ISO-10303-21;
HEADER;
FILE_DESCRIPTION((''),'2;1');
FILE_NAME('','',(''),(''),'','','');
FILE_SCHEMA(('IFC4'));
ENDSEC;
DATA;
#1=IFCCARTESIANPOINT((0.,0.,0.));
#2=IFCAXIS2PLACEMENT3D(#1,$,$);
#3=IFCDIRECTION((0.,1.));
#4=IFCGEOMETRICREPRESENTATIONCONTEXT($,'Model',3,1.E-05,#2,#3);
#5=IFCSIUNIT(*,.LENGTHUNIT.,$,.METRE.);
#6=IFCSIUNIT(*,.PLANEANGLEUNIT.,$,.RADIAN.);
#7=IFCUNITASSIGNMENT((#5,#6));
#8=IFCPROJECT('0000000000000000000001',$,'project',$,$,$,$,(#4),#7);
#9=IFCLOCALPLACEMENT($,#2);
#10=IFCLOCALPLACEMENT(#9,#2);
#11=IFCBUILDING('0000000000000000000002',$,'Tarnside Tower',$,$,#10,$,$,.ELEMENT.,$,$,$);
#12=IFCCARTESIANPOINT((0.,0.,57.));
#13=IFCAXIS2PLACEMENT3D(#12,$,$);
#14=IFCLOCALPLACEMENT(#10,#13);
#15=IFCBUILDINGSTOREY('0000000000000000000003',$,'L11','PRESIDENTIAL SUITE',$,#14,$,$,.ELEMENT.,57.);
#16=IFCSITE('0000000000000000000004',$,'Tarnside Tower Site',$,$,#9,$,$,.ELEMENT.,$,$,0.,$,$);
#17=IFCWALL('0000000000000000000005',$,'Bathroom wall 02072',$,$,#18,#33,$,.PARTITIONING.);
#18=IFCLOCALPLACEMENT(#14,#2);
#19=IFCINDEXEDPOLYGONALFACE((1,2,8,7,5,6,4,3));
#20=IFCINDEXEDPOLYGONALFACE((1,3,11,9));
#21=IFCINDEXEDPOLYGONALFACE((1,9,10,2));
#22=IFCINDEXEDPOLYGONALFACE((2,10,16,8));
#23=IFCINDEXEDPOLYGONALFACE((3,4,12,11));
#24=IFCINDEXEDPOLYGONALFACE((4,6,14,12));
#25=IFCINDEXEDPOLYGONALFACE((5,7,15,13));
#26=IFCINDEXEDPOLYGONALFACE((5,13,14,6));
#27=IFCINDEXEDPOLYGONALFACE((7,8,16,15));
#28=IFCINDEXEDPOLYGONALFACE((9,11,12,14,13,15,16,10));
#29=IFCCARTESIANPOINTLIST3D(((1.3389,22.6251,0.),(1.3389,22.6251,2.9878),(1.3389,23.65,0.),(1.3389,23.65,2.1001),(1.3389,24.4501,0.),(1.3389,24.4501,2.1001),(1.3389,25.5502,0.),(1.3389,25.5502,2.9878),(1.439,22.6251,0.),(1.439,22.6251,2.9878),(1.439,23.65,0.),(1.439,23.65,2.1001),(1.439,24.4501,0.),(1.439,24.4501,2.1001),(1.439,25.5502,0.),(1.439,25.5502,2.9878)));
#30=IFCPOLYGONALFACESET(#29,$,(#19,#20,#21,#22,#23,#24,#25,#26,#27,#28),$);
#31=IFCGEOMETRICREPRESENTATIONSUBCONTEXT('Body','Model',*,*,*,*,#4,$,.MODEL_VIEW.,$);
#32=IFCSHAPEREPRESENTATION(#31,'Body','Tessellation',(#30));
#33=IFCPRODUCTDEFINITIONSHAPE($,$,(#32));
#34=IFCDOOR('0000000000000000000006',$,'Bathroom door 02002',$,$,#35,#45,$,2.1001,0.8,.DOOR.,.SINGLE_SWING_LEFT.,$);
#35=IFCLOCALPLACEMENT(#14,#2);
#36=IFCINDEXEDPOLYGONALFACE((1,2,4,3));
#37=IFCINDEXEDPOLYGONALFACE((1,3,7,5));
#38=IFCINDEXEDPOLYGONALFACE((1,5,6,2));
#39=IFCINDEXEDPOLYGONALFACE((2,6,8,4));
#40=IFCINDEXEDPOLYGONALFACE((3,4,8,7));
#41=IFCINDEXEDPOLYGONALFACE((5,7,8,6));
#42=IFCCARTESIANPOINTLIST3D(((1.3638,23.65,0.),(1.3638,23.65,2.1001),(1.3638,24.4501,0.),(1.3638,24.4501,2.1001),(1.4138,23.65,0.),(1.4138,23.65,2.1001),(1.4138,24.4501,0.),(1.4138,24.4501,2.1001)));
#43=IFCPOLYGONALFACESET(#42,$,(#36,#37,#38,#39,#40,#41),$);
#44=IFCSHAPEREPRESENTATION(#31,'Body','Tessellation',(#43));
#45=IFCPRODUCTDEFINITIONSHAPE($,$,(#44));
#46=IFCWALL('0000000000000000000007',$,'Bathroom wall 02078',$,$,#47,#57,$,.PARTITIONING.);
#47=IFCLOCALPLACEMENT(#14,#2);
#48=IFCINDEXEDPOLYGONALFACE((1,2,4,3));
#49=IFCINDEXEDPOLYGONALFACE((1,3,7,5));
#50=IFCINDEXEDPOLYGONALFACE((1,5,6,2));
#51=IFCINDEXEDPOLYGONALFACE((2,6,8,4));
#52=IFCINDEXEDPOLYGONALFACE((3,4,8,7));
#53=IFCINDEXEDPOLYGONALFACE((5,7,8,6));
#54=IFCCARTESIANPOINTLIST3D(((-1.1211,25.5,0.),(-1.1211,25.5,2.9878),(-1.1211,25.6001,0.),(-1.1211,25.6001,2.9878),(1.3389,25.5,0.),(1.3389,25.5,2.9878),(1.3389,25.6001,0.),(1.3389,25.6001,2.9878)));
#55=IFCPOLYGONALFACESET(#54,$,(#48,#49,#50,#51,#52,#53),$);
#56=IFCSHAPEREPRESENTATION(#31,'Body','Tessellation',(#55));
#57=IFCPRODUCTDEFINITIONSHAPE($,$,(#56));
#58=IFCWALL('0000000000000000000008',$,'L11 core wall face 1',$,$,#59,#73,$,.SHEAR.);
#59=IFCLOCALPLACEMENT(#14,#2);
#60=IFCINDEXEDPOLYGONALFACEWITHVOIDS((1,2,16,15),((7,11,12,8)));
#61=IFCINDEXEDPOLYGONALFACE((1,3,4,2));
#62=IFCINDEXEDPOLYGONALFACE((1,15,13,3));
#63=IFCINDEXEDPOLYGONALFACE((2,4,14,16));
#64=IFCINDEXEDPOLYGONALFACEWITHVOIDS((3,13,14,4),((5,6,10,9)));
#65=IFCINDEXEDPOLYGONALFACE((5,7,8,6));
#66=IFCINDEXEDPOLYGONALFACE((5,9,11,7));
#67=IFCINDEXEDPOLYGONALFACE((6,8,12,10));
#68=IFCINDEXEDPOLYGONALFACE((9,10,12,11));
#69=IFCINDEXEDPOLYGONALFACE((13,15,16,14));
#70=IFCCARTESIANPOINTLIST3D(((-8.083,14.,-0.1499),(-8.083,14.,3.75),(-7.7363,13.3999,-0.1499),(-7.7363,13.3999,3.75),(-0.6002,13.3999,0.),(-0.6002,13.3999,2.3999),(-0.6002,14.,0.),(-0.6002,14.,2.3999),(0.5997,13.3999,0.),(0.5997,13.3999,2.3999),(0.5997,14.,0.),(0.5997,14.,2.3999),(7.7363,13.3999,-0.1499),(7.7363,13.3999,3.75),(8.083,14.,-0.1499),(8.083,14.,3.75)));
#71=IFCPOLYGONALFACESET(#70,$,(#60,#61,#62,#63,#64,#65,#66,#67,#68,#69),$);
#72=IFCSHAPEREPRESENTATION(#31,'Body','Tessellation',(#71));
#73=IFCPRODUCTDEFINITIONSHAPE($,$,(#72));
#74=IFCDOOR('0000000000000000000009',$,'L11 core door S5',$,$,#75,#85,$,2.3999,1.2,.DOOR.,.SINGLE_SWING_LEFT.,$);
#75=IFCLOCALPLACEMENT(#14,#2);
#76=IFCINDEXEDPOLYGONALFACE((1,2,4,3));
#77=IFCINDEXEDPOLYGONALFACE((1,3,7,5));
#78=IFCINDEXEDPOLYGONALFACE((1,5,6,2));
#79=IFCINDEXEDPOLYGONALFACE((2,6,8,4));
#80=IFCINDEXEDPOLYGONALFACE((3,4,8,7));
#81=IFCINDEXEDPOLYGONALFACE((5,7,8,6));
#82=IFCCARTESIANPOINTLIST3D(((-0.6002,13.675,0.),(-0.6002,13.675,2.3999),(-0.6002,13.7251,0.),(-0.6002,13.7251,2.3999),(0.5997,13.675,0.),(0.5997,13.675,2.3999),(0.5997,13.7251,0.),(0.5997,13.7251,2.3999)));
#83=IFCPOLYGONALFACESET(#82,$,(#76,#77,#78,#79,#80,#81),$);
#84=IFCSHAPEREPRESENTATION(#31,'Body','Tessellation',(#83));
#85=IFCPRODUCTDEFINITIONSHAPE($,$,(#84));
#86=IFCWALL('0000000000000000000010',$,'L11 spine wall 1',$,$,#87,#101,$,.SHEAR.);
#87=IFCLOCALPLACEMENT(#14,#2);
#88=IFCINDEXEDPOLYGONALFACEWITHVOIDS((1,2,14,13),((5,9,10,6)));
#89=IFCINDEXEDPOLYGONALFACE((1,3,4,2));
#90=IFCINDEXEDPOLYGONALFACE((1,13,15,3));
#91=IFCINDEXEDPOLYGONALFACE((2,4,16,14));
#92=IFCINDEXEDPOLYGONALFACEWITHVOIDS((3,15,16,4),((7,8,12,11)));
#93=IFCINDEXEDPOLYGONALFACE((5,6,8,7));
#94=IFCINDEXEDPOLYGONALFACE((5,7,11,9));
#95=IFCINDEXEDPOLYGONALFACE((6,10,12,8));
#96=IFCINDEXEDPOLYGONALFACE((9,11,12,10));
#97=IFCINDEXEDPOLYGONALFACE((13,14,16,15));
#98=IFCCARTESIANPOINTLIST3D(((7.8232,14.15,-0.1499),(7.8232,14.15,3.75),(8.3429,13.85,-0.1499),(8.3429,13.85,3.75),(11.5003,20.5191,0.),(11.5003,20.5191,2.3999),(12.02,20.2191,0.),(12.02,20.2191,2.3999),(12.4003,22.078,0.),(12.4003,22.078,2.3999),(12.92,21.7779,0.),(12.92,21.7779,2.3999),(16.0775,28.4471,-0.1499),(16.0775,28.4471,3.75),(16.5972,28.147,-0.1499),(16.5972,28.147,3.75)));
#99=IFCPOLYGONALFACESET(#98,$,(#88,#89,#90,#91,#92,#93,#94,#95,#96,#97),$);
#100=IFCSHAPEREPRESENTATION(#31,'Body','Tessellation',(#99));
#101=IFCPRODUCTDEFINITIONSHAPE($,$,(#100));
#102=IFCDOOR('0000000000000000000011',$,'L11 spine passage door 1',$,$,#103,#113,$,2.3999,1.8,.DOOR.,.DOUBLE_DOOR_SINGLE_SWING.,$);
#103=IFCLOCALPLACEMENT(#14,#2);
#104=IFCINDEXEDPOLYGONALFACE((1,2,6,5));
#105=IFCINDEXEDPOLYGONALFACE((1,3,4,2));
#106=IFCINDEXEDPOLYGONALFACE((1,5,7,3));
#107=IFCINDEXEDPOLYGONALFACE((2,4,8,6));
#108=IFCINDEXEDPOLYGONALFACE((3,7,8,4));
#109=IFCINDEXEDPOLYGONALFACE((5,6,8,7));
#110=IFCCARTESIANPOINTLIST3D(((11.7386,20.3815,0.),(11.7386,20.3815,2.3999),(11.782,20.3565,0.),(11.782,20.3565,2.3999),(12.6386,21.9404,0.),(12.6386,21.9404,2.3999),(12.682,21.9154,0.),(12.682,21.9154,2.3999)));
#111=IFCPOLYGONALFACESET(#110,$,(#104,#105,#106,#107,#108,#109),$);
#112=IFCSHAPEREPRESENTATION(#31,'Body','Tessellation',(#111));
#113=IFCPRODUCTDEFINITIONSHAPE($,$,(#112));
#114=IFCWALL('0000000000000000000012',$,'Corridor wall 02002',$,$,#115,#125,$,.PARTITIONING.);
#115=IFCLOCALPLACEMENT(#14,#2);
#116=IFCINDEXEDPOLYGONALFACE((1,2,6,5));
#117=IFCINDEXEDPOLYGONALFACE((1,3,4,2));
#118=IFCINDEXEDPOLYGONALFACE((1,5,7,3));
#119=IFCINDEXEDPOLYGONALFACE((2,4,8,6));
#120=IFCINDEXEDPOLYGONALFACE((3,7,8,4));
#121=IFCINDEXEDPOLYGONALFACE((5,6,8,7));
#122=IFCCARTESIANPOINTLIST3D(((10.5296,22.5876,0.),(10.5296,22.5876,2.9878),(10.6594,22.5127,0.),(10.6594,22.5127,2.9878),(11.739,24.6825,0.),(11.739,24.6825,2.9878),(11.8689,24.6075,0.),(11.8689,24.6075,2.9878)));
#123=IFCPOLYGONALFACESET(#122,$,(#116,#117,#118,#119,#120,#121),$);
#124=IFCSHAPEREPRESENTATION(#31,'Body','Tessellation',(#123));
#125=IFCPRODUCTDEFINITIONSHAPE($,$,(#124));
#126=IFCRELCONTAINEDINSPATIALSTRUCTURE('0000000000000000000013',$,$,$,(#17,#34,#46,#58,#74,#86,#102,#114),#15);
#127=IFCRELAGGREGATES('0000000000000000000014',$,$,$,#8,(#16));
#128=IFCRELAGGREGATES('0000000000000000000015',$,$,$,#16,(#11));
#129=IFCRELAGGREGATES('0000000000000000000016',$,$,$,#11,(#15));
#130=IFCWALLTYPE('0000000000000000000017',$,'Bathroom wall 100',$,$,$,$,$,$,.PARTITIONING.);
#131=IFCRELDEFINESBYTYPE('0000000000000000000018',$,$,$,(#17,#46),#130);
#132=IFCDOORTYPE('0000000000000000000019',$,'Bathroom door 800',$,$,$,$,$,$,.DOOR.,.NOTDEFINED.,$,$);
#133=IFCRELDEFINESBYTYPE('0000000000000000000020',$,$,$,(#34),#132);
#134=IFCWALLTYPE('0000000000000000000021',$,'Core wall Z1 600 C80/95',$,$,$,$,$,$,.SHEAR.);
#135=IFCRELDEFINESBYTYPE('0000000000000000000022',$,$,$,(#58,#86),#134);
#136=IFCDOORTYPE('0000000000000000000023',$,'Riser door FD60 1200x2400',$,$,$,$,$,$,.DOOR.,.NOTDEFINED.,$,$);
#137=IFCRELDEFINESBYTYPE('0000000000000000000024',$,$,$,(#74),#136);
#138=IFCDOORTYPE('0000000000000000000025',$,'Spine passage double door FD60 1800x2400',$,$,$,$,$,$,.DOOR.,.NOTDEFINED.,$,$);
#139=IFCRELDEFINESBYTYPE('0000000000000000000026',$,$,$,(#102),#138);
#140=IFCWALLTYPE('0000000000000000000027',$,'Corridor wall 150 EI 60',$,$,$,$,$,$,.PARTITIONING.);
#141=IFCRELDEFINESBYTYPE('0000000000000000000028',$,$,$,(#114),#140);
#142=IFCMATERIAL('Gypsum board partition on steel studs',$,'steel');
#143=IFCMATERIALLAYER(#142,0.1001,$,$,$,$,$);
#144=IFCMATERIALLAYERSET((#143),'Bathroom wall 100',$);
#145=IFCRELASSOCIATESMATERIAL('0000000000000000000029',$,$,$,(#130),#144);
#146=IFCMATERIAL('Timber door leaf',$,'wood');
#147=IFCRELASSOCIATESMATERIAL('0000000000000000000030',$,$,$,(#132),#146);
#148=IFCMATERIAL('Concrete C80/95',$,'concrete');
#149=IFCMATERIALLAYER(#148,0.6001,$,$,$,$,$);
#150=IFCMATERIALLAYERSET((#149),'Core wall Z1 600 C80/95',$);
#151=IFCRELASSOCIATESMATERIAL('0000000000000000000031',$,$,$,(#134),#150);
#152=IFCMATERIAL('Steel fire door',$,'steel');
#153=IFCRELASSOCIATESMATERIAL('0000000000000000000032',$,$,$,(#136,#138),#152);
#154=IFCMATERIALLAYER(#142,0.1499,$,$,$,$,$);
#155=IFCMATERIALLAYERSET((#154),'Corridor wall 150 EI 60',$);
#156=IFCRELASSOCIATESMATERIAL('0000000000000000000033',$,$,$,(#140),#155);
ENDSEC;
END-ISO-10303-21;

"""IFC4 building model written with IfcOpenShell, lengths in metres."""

from ifc_helpers import new_model, si_unit, direction, frame, frame_2d, origin, place, context, subcontext, project, spatial, polyline, rectangle, outline, extrude, material, layer, layer_set, type_object, element, fill, save


model = new_model("IFC4")

# Units and contexts
model_context = context("Model", 3, precision=1e-05, world=origin(), true_north=direction((0.0, 1.0)))
body_context = subcontext(model_context, "Body", "Model", "MODEL_VIEW")
ifc_project = project(units=[si_unit("LENGTHUNIT", "METRE"), si_unit("PLANEANGLEUNIT", "RADIAN")], contexts=[model_context])

# Site, building, storey
site_placement = place(None, origin())
site = spatial("IfcSite", under=ifc_project, at=site_placement, Name="Tarnside Tower Site", CompositionType="ELEMENT", RefElevation=0.0)
building_placement = place(site_placement, origin())
building = spatial("IfcBuilding", under=site, at=building_placement, Name="Tarnside Tower", CompositionType="ELEMENT")
storey_placement = place(building_placement, frame((0.0, 0.0, 57.0)))
storey = spatial("IfcBuildingStorey", under=building, at=storey_placement, Name="L11", Description="PRESIDENTIAL SUITE", CompositionType="ELEMENT", Elevation=57.0)

# Wall, opening, door
ifc_material_1 = material(Name="Gypsum board partition on steel studs", Category="steel")
ifc_layer_1 = layer(ifc_material_1, 0.1001)
ifc_layer_set_1 = layer_set([ifc_layer_1], Name="Bathroom wall 100")
wall_type_1 = type_object("IfcWallType", Name="Bathroom wall 100", PredefinedType="PARTITIONING", material=ifc_layer_set_1)
wall_1_placement = place(storey_placement, frame((1.3889, 25.55, 0.0), z_axis=(0.0, 0.0, 1.0), x_axis=(0.0, -1.0, 0.0)))
wall_1 = element("IfcWall", 1, at=wall_1_placement, inside=storey, type_object=wall_type_1, Name="Bathroom wall 02072", PredefinedType="PARTITIONING", context=body_context, shape_type="SweptSolid", body=[
    extrude(rectangle(XDim=2.925, YDim=0.1001, at=frame_2d((1.4624, 0.0))), origin(), (0.0, 0.0, 1.0), 2.9878),
])
opening_1_placement = place(wall_1_placement, frame((1.1001, 0.0, 0.0)))
opening_1 = element("IfcOpeningElement", 2, at=opening_1_placement, cuts=wall_1, PredefinedType="OPENING", context=body_context, shape_type="SweptSolid", body=[
    extrude(rectangle(XDim=0.8, YDim=2.1001, at=frame_2d((0.3999, 1.05))), frame((0.0, 0.0601, 0.0), z_axis=(0.0, -1.0, 0.0), x_axis=(1.0, 0.0, 0.0)), (0.0, 0.0, 1.0), 0.1201),
])
ifc_material_2 = material(Name="Timber door leaf", Category="wood")
door_type_1 = type_object("IfcDoorType", Name="Bathroom door 800", OperationType="NOTDEFINED", PredefinedType="DOOR", material=ifc_material_2)
door_1_placement = place(opening_1_placement, origin())
door_1 = element("IfcDoor", 3, at=door_1_placement, inside=storey, type_object=door_type_1, Name="Bathroom door 02002", OperationType="SINGLE_SWING_LEFT", OverallHeight=2.1001, OverallWidth=0.8, PredefinedType="DOOR", context=body_context, shape_type="SweptSolid", body=[
    extrude(rectangle(XDim=0.8, YDim=2.1001, at=frame_2d((0.3999, 1.05))), frame((0.0, 0.0249, 0.0), z_axis=(0.0, -1.0, 0.0), x_axis=(1.0, 0.0, 0.0)), (0.0, 0.0, 1.0), 0.05),
])
fill(opening_1, door_1)

# Wall
wall_2_placement = place(storey_placement, frame((1.3389, 25.55, 0.0), z_axis=(0.0, 0.0, 1.0), x_axis=(-1.0, 0.0, 0.0)))
element("IfcWall", 4, at=wall_2_placement, inside=storey, type_object=wall_type_1, Name="Bathroom wall 02078", PredefinedType="PARTITIONING", context=body_context, shape_type="SweptSolid", body=[
    extrude(rectangle(XDim=2.46, YDim=0.1001, at=frame_2d((1.23, 0.0))), origin(), (0.0, 0.0, 1.0), 2.9878),
])

# Walls, openings, doors
ifc_material_3 = material(Name="Concrete C80/95", Category="concrete")
ifc_layer_2 = layer(ifc_material_3, 0.6001)
ifc_layer_set_2 = layer_set([ifc_layer_2], Name="Core wall Z1 600 C80/95")
wall_type_2 = type_object("IfcWallType", Name="Core wall Z1 600 C80/95", PredefinedType="SHEAR", material=ifc_layer_set_2)
wall_3_placement = place(storey_placement, frame((7.9097, 13.7, -0.1499), z_axis=(0.0, 0.0, 1.0), x_axis=(-1.0, 0.0, 0.0)))
wall_3 = element("IfcWall", 5, at=wall_3_placement, inside=storey, type_object=wall_type_2, Name="L11 core wall face 1", PredefinedType="SHEAR", context=body_context, shape_type="SweptSolid", body=[
    extrude(outline(polyline([(-0.1733, -0.3), (15.9927, -0.3), (15.646, 0.3), (0.1733, 0.3), (-0.1733, -0.3)])), origin(), (0.0, 0.0, 1.0), 3.8999),
])
opening_2_placement = place(wall_3_placement, frame((7.3098, 0.0, 0.1499)))
opening_2 = element("IfcOpeningElement", 6, at=opening_2_placement, cuts=wall_3, PredefinedType="OPENING", context=body_context, shape_type="SweptSolid", body=[
    extrude(rectangle(XDim=1.2, YDim=2.3999, at=frame_2d((0.6001, 1.2))), frame((0.0, 0.3101, 0.0), z_axis=(0.0, -1.0, 0.0), x_axis=(1.0, 0.0, 0.0)), (0.0, 0.0, 1.0), 0.6201),
])
ifc_material_4 = material(Name="Steel fire door", Category="steel")
door_type_2 = type_object("IfcDoorType", Name="Riser door FD60 1200x2400", OperationType="NOTDEFINED", PredefinedType="DOOR", material=ifc_material_4)
door_2_placement = place(opening_2_placement, origin())
door_2 = element("IfcDoor", 7, at=door_2_placement, inside=storey, type_object=door_type_2, Name="L11 core door S5", OperationType="SINGLE_SWING_LEFT", OverallHeight=2.3999, OverallWidth=1.2, PredefinedType="DOOR", context=body_context, shape_type="SweptSolid", body=[
    extrude(rectangle(XDim=1.2, YDim=2.3999, at=frame_2d((0.6001, 1.2))), frame((0.0, 0.0249, 0.0), z_axis=(0.0, -1.0, 0.0), x_axis=(1.0, 0.0, 0.0)), (0.0, 0.0, 1.0), 0.05),
])
fill(opening_2, door_2)
wall_4_placement = place(storey_placement, frame((8.083, 14.0, -0.1499), z_axis=(0.0, 0.0, 1.0), x_axis=(0.499998, 0.866027, 0.0)))
wall_4 = element("IfcWall", 8, at=wall_4_placement, inside=storey, type_object=wall_type_2, Name="L11 spine wall 1", PredefinedType="SHEAR", context=body_context, shape_type="SweptSolid", body=[
    extrude(rectangle(XDim=16.5088, YDim=0.6001, at=frame_2d((8.2544, 0.0))), origin(), (0.0, 0.0, 1.0), 3.8999),
])
opening_3_placement = place(wall_4_placement, frame((7.3545, 0.0, 0.1499)))
opening_3 = element("IfcOpeningElement", 9, at=opening_3_placement, cuts=wall_4, PredefinedType="OPENING", context=body_context, shape_type="SweptSolid", body=[
    extrude(rectangle(XDim=1.8, YDim=2.3999, at=frame_2d((0.8999, 1.2))), frame((0.0, 0.3101, 0.0), z_axis=(0.0, -1.0, 0.0), x_axis=(1.0, 0.0, 0.0)), (0.0, 0.0, 1.0), 0.6201),
])
door_type_3 = type_object("IfcDoorType", Name="Spine passage double door FD60 1800x2400", OperationType="NOTDEFINED", PredefinedType="DOOR", material=ifc_material_4)
door_3_placement = place(opening_3_placement, origin())
door_3 = element("IfcDoor", 10, at=door_3_placement, inside=storey, type_object=door_type_3, Name="L11 spine passage door 1", OperationType="DOUBLE_DOOR_SINGLE_SWING", OverallHeight=2.3999, OverallWidth=1.8, PredefinedType="DOOR", context=body_context, shape_type="SweptSolid", body=[
    extrude(rectangle(XDim=1.8, YDim=2.3999, at=frame_2d((0.8999, 1.2))), frame((0.0, 0.0249, 0.0), z_axis=(0.0, -1.0, 0.0), x_axis=(1.0, 0.0, 0.0)), (0.0, 0.0, 1.0), 0.05),
])
fill(opening_3, door_3)

# Wall
ifc_layer_3 = layer(ifc_material_1, 0.1499)
ifc_layer_set_3 = layer_set([ifc_layer_3], Name="Corridor wall 150 EI 60")
wall_type_3 = type_object("IfcWallType", Name="Corridor wall 150 EI 60", PredefinedType="PARTITIONING", material=ifc_layer_set_3)
wall_5_placement = place(storey_placement, frame((11.804, 24.645, 0.0), z_axis=(0.0, 0.0, 1.0), x_axis=(-0.499982, -0.866036, 0.0)))
element("IfcWall", 11, at=wall_5_placement, inside=storey, type_object=wall_type_3, Name="Corridor wall 02002", PredefinedType="PARTITIONING", context=body_context, shape_type="SweptSolid", body=[
    extrude(rectangle(XDim=2.4189, YDim=0.1499, at=frame_2d((1.2095, 0.0))), origin(), (0.0, 0.0, 1.0), 2.9878),
])

save(model, "model.ifc")
